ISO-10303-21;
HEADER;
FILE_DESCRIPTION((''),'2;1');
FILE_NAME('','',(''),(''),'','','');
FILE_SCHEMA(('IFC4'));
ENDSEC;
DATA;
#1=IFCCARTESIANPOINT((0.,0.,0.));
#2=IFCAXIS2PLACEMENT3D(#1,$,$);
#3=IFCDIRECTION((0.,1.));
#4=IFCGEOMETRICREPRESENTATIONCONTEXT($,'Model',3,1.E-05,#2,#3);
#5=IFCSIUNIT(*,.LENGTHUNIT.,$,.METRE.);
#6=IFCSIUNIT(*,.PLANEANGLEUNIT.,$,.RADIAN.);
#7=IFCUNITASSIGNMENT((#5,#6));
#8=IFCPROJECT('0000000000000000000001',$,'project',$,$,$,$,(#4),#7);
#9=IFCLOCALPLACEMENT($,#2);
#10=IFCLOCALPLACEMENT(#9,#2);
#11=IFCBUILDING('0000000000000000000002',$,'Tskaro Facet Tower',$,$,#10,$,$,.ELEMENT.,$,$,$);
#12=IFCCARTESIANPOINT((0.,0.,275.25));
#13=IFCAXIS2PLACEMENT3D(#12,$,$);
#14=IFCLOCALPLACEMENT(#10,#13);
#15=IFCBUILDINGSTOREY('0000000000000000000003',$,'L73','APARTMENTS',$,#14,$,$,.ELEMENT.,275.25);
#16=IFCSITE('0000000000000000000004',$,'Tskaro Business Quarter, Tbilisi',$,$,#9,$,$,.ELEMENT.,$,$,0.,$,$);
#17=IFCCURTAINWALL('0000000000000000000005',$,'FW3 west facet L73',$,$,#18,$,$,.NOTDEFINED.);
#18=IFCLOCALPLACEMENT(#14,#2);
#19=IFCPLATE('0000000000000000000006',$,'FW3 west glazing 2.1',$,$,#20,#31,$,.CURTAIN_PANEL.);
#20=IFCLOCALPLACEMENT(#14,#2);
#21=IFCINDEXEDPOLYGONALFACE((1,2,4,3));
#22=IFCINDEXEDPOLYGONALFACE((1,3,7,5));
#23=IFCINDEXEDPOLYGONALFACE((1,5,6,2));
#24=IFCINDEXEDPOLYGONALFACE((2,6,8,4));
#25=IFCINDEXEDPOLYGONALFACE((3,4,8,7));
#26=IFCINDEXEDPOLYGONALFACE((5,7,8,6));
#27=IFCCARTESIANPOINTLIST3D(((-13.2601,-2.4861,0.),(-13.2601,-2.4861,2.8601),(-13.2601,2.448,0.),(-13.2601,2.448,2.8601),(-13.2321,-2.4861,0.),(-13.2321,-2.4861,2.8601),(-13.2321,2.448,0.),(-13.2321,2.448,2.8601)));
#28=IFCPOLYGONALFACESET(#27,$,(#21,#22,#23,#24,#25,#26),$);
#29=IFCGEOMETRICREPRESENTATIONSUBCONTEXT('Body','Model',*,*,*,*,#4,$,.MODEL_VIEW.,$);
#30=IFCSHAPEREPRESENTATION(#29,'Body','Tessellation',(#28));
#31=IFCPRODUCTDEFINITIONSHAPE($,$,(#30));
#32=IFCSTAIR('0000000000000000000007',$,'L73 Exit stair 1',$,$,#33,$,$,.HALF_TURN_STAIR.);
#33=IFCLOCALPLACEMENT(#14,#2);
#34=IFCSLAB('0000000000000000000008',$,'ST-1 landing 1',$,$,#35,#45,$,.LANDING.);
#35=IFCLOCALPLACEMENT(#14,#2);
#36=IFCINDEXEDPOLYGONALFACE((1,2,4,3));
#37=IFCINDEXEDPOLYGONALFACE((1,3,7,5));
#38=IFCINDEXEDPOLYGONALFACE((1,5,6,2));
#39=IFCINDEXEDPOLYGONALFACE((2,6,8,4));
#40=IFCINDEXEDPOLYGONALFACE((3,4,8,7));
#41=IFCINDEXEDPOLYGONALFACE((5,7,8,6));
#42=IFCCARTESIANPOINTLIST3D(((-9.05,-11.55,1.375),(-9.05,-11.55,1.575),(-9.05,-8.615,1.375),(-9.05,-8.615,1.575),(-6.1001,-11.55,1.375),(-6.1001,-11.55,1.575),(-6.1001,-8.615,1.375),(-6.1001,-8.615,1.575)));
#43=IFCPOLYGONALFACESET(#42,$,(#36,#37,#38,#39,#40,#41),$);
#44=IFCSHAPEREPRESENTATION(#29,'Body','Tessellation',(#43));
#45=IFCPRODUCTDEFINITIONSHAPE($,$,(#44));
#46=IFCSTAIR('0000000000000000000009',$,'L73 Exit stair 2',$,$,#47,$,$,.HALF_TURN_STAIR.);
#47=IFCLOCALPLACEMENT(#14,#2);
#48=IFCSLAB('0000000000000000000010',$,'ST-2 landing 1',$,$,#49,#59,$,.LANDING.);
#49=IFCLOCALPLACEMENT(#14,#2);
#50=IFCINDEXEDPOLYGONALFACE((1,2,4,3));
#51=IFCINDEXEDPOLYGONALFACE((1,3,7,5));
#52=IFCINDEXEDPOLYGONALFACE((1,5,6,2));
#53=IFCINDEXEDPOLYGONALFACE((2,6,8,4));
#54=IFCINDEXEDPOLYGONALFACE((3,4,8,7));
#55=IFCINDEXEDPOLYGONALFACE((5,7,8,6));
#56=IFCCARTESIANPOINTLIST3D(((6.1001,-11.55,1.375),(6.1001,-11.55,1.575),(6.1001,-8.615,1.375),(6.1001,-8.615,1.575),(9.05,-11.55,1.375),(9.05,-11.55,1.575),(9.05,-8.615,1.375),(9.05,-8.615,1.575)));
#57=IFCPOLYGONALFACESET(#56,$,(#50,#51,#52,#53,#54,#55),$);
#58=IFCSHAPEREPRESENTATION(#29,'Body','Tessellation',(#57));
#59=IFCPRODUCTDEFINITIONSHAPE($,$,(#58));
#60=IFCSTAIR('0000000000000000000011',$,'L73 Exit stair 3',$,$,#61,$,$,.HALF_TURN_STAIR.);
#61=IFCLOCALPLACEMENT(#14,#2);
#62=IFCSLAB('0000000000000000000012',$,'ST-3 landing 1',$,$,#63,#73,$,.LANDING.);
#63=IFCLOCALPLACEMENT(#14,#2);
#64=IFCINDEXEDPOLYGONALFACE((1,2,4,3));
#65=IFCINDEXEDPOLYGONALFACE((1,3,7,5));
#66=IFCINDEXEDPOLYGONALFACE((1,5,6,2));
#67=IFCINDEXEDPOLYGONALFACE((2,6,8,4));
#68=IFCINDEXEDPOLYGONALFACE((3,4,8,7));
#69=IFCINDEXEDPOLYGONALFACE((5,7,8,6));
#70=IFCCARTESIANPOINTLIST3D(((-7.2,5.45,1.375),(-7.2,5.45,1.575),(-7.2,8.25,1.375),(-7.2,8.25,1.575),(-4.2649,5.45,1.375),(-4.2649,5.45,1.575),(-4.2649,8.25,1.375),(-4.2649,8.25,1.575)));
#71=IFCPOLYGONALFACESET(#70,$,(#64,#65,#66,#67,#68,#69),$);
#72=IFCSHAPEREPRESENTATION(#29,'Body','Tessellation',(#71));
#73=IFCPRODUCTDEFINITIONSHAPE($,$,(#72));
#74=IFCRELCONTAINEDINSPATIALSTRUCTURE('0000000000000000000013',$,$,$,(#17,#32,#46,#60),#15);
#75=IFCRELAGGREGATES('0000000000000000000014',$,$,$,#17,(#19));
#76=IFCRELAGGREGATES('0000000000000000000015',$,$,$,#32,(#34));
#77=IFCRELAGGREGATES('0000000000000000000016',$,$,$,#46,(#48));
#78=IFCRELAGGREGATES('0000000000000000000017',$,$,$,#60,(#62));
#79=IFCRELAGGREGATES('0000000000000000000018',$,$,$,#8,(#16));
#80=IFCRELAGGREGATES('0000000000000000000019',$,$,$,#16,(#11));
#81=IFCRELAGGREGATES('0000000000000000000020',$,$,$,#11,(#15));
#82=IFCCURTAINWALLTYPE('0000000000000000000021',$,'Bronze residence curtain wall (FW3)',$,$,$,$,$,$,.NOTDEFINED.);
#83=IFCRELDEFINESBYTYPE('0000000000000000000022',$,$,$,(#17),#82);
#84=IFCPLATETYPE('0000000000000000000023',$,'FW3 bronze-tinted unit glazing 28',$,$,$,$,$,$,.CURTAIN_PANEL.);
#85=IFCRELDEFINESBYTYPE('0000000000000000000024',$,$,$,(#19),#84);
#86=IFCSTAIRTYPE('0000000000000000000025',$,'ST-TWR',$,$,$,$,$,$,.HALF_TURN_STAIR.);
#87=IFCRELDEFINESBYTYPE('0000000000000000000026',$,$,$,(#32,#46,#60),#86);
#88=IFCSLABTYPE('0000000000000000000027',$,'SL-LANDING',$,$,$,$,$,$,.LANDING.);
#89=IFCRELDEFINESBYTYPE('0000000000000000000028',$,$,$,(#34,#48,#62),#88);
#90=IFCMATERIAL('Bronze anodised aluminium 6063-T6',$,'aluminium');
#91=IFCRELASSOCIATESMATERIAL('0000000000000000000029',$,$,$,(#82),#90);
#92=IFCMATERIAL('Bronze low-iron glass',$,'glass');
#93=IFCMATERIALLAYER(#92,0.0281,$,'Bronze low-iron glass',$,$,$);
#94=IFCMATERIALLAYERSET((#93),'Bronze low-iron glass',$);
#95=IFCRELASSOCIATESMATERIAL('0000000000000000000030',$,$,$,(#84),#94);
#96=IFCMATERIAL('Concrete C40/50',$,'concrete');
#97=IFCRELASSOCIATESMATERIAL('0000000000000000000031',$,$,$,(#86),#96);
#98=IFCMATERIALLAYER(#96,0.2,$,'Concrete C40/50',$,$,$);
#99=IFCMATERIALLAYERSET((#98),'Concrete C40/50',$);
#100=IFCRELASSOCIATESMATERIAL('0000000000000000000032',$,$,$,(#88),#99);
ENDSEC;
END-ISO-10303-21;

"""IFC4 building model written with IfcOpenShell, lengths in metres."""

from ifc_helpers import new_model, si_unit, direction, frame, origin, origin_2d, place, context, subcontext, project, spatial, polyline, rectangle, outline, extrude, material, layer, layer_set, type_object, element, aggregate, save


model = new_model("IFC4")

# Units and contexts
model_context = context("Model", 3, precision=1e-05, world=origin(), true_north=direction((0.0, 1.0)))
body_context = subcontext(model_context, "Body", "Model", "MODEL_VIEW")
ifc_project = project(units=[si_unit("LENGTHUNIT", "METRE"), si_unit("PLANEANGLEUNIT", "RADIAN")], contexts=[model_context])

# Site, building, storey
site_placement = place(None, origin())
site = spatial("IfcSite", under=ifc_project, at=site_placement, Name="Tskaro Business Quarter, Tbilisi", CompositionType="ELEMENT", RefElevation=0.0)
building_placement = place(site_placement, origin())
building = spatial("IfcBuilding", under=site, at=building_placement, Name="Tskaro Facet Tower", CompositionType="ELEMENT")
storey_placement = place(building_placement, frame((0.0, 0.0, 275.25)))
storey = spatial("IfcBuildingStorey", under=building, at=storey_placement, Name="L73", Description="APARTMENTS", CompositionType="ELEMENT", Elevation=275.25)

# Curtain wall
ifc_material_1 = material(Name="Bronze anodised aluminium 6063-T6", Category="aluminium")
curtain_wall_type = type_object("IfcCurtainWallType", Name="Bronze residence curtain wall (FW3)", PredefinedType="NOTDEFINED", material=ifc_material_1)
curtain_wall_placement = place(storey_placement, origin())
curtain_wall = element("IfcCurtainWall", 1, at=curtain_wall_placement, inside=storey, type_object=curtain_wall_type, Name="FW3 west facet L73", PredefinedType="NOTDEFINED")

# Plate
ifc_material_2 = material(Name="Bronze low-iron glass", Category="glass")
ifc_layer_1 = layer(ifc_material_2, 0.0281, Name="Bronze low-iron glass")
ifc_layer_set_1 = layer_set([ifc_layer_1], Name="Bronze low-iron glass")
plate_type = type_object("IfcPlateType", Name="FW3 bronze-tinted unit glazing 28", PredefinedType="CURTAIN_PANEL", material=ifc_layer_set_1)
plate_1_placement = place(storey_placement, frame((-13.2461, -0.019, 0.0), z_axis=(0.0, 0.0, 1.0), x_axis=(0.0, -1.0, 0.0)))
plate_1 = element("IfcPlate", 2, at=plate_1_placement, type_object=plate_type, Name="FW3 west glazing 2.1", PredefinedType="CURTAIN_PANEL", context=body_context, shape_type="SweptSolid", body=[
    extrude(rectangle(XDim=4.9341, YDim=0.0281, at=origin_2d()), origin(), (0.0, 0.0, 1.0), 2.8601),
])
aggregate(curtain_wall, [plate_1])

# Stairs, slabs
ifc_material_3 = material(Name="Concrete C40/50", Category="concrete")
stair_type = type_object("IfcStairType", Name="ST-TWR", PredefinedType="HALF_TURN_STAIR", material=ifc_material_3)
stair_1_placement = place(storey_placement, origin())
stair_1 = element("IfcStair", 3, at=stair_1_placement, inside=storey, type_object=stair_type, Name="L73 Exit stair 1", PredefinedType="HALF_TURN_STAIR")
ifc_layer_2 = layer(ifc_material_3, 0.2, Name="Concrete C40/50")
ifc_layer_set_2 = layer_set([ifc_layer_2], Name="Concrete C40/50")
slab_type_1 = type_object("IfcSlabType", Name="SL-LANDING", PredefinedType="LANDING", material=ifc_layer_set_2)
slab_1_placement = place(storey_placement, frame((0.0, 0.0, 1.375)))
slab_1 = element("IfcSlab", 4, at=slab_1_placement, type_object=slab_type_1, Name="ST-1 landing 1", PredefinedType="LANDING", context=body_context, shape_type="SweptSolid", body=[
    extrude(outline(polyline([(-9.05, -11.55), (-6.1001, -11.55), (-6.1001, -8.615), (-9.05, -8.615), (-9.05, -11.55)])), origin(), (0.0, 0.0, 1.0), 0.2),
])
aggregate(stair_1, [slab_1])
stair_2_placement = place(storey_placement, origin())
stair_2 = element("IfcStair", 5, at=stair_2_placement, inside=storey, type_object=stair_type, Name="L73 Exit stair 2", PredefinedType="HALF_TURN_STAIR")
slab_2_placement = place(storey_placement, frame((0.0, 0.0, 1.375)))
slab_2 = element("IfcSlab", 6, at=slab_2_placement, type_object=slab_type_1, Name="ST-2 landing 1", PredefinedType="LANDING", context=body_context, shape_type="SweptSolid", body=[
    extrude(outline(polyline([(6.1001, -11.55), (9.05, -11.55), (9.05, -8.615), (6.1001, -8.615), (6.1001, -11.55)])), origin(), (0.0, 0.0, 1.0), 0.2),
])
aggregate(stair_2, [slab_2])
stair_3_placement = place(storey_placement, origin())
stair_3 = element("IfcStair", 7, at=stair_3_placement, inside=storey, type_object=stair_type, Name="L73 Exit stair 3", PredefinedType="HALF_TURN_STAIR")
slab_3_placement = place(storey_placement, frame((0.0, 0.0, 1.375)))
slab_3 = element("IfcSlab", 8, at=slab_3_placement, type_object=slab_type_1, Name="ST-3 landing 1", PredefinedType="LANDING", context=body_context, shape_type="SweptSolid", body=[
    extrude(outline(polyline([(-7.2, 5.45), (-4.2649, 5.45), (-4.2649, 8.25), (-7.2, 8.25), (-7.2, 5.45)])), origin(), (0.0, 0.0, 1.0), 0.2),
])

aggregate(stair_3, [slab_3])

save(model, "model.ifc")
